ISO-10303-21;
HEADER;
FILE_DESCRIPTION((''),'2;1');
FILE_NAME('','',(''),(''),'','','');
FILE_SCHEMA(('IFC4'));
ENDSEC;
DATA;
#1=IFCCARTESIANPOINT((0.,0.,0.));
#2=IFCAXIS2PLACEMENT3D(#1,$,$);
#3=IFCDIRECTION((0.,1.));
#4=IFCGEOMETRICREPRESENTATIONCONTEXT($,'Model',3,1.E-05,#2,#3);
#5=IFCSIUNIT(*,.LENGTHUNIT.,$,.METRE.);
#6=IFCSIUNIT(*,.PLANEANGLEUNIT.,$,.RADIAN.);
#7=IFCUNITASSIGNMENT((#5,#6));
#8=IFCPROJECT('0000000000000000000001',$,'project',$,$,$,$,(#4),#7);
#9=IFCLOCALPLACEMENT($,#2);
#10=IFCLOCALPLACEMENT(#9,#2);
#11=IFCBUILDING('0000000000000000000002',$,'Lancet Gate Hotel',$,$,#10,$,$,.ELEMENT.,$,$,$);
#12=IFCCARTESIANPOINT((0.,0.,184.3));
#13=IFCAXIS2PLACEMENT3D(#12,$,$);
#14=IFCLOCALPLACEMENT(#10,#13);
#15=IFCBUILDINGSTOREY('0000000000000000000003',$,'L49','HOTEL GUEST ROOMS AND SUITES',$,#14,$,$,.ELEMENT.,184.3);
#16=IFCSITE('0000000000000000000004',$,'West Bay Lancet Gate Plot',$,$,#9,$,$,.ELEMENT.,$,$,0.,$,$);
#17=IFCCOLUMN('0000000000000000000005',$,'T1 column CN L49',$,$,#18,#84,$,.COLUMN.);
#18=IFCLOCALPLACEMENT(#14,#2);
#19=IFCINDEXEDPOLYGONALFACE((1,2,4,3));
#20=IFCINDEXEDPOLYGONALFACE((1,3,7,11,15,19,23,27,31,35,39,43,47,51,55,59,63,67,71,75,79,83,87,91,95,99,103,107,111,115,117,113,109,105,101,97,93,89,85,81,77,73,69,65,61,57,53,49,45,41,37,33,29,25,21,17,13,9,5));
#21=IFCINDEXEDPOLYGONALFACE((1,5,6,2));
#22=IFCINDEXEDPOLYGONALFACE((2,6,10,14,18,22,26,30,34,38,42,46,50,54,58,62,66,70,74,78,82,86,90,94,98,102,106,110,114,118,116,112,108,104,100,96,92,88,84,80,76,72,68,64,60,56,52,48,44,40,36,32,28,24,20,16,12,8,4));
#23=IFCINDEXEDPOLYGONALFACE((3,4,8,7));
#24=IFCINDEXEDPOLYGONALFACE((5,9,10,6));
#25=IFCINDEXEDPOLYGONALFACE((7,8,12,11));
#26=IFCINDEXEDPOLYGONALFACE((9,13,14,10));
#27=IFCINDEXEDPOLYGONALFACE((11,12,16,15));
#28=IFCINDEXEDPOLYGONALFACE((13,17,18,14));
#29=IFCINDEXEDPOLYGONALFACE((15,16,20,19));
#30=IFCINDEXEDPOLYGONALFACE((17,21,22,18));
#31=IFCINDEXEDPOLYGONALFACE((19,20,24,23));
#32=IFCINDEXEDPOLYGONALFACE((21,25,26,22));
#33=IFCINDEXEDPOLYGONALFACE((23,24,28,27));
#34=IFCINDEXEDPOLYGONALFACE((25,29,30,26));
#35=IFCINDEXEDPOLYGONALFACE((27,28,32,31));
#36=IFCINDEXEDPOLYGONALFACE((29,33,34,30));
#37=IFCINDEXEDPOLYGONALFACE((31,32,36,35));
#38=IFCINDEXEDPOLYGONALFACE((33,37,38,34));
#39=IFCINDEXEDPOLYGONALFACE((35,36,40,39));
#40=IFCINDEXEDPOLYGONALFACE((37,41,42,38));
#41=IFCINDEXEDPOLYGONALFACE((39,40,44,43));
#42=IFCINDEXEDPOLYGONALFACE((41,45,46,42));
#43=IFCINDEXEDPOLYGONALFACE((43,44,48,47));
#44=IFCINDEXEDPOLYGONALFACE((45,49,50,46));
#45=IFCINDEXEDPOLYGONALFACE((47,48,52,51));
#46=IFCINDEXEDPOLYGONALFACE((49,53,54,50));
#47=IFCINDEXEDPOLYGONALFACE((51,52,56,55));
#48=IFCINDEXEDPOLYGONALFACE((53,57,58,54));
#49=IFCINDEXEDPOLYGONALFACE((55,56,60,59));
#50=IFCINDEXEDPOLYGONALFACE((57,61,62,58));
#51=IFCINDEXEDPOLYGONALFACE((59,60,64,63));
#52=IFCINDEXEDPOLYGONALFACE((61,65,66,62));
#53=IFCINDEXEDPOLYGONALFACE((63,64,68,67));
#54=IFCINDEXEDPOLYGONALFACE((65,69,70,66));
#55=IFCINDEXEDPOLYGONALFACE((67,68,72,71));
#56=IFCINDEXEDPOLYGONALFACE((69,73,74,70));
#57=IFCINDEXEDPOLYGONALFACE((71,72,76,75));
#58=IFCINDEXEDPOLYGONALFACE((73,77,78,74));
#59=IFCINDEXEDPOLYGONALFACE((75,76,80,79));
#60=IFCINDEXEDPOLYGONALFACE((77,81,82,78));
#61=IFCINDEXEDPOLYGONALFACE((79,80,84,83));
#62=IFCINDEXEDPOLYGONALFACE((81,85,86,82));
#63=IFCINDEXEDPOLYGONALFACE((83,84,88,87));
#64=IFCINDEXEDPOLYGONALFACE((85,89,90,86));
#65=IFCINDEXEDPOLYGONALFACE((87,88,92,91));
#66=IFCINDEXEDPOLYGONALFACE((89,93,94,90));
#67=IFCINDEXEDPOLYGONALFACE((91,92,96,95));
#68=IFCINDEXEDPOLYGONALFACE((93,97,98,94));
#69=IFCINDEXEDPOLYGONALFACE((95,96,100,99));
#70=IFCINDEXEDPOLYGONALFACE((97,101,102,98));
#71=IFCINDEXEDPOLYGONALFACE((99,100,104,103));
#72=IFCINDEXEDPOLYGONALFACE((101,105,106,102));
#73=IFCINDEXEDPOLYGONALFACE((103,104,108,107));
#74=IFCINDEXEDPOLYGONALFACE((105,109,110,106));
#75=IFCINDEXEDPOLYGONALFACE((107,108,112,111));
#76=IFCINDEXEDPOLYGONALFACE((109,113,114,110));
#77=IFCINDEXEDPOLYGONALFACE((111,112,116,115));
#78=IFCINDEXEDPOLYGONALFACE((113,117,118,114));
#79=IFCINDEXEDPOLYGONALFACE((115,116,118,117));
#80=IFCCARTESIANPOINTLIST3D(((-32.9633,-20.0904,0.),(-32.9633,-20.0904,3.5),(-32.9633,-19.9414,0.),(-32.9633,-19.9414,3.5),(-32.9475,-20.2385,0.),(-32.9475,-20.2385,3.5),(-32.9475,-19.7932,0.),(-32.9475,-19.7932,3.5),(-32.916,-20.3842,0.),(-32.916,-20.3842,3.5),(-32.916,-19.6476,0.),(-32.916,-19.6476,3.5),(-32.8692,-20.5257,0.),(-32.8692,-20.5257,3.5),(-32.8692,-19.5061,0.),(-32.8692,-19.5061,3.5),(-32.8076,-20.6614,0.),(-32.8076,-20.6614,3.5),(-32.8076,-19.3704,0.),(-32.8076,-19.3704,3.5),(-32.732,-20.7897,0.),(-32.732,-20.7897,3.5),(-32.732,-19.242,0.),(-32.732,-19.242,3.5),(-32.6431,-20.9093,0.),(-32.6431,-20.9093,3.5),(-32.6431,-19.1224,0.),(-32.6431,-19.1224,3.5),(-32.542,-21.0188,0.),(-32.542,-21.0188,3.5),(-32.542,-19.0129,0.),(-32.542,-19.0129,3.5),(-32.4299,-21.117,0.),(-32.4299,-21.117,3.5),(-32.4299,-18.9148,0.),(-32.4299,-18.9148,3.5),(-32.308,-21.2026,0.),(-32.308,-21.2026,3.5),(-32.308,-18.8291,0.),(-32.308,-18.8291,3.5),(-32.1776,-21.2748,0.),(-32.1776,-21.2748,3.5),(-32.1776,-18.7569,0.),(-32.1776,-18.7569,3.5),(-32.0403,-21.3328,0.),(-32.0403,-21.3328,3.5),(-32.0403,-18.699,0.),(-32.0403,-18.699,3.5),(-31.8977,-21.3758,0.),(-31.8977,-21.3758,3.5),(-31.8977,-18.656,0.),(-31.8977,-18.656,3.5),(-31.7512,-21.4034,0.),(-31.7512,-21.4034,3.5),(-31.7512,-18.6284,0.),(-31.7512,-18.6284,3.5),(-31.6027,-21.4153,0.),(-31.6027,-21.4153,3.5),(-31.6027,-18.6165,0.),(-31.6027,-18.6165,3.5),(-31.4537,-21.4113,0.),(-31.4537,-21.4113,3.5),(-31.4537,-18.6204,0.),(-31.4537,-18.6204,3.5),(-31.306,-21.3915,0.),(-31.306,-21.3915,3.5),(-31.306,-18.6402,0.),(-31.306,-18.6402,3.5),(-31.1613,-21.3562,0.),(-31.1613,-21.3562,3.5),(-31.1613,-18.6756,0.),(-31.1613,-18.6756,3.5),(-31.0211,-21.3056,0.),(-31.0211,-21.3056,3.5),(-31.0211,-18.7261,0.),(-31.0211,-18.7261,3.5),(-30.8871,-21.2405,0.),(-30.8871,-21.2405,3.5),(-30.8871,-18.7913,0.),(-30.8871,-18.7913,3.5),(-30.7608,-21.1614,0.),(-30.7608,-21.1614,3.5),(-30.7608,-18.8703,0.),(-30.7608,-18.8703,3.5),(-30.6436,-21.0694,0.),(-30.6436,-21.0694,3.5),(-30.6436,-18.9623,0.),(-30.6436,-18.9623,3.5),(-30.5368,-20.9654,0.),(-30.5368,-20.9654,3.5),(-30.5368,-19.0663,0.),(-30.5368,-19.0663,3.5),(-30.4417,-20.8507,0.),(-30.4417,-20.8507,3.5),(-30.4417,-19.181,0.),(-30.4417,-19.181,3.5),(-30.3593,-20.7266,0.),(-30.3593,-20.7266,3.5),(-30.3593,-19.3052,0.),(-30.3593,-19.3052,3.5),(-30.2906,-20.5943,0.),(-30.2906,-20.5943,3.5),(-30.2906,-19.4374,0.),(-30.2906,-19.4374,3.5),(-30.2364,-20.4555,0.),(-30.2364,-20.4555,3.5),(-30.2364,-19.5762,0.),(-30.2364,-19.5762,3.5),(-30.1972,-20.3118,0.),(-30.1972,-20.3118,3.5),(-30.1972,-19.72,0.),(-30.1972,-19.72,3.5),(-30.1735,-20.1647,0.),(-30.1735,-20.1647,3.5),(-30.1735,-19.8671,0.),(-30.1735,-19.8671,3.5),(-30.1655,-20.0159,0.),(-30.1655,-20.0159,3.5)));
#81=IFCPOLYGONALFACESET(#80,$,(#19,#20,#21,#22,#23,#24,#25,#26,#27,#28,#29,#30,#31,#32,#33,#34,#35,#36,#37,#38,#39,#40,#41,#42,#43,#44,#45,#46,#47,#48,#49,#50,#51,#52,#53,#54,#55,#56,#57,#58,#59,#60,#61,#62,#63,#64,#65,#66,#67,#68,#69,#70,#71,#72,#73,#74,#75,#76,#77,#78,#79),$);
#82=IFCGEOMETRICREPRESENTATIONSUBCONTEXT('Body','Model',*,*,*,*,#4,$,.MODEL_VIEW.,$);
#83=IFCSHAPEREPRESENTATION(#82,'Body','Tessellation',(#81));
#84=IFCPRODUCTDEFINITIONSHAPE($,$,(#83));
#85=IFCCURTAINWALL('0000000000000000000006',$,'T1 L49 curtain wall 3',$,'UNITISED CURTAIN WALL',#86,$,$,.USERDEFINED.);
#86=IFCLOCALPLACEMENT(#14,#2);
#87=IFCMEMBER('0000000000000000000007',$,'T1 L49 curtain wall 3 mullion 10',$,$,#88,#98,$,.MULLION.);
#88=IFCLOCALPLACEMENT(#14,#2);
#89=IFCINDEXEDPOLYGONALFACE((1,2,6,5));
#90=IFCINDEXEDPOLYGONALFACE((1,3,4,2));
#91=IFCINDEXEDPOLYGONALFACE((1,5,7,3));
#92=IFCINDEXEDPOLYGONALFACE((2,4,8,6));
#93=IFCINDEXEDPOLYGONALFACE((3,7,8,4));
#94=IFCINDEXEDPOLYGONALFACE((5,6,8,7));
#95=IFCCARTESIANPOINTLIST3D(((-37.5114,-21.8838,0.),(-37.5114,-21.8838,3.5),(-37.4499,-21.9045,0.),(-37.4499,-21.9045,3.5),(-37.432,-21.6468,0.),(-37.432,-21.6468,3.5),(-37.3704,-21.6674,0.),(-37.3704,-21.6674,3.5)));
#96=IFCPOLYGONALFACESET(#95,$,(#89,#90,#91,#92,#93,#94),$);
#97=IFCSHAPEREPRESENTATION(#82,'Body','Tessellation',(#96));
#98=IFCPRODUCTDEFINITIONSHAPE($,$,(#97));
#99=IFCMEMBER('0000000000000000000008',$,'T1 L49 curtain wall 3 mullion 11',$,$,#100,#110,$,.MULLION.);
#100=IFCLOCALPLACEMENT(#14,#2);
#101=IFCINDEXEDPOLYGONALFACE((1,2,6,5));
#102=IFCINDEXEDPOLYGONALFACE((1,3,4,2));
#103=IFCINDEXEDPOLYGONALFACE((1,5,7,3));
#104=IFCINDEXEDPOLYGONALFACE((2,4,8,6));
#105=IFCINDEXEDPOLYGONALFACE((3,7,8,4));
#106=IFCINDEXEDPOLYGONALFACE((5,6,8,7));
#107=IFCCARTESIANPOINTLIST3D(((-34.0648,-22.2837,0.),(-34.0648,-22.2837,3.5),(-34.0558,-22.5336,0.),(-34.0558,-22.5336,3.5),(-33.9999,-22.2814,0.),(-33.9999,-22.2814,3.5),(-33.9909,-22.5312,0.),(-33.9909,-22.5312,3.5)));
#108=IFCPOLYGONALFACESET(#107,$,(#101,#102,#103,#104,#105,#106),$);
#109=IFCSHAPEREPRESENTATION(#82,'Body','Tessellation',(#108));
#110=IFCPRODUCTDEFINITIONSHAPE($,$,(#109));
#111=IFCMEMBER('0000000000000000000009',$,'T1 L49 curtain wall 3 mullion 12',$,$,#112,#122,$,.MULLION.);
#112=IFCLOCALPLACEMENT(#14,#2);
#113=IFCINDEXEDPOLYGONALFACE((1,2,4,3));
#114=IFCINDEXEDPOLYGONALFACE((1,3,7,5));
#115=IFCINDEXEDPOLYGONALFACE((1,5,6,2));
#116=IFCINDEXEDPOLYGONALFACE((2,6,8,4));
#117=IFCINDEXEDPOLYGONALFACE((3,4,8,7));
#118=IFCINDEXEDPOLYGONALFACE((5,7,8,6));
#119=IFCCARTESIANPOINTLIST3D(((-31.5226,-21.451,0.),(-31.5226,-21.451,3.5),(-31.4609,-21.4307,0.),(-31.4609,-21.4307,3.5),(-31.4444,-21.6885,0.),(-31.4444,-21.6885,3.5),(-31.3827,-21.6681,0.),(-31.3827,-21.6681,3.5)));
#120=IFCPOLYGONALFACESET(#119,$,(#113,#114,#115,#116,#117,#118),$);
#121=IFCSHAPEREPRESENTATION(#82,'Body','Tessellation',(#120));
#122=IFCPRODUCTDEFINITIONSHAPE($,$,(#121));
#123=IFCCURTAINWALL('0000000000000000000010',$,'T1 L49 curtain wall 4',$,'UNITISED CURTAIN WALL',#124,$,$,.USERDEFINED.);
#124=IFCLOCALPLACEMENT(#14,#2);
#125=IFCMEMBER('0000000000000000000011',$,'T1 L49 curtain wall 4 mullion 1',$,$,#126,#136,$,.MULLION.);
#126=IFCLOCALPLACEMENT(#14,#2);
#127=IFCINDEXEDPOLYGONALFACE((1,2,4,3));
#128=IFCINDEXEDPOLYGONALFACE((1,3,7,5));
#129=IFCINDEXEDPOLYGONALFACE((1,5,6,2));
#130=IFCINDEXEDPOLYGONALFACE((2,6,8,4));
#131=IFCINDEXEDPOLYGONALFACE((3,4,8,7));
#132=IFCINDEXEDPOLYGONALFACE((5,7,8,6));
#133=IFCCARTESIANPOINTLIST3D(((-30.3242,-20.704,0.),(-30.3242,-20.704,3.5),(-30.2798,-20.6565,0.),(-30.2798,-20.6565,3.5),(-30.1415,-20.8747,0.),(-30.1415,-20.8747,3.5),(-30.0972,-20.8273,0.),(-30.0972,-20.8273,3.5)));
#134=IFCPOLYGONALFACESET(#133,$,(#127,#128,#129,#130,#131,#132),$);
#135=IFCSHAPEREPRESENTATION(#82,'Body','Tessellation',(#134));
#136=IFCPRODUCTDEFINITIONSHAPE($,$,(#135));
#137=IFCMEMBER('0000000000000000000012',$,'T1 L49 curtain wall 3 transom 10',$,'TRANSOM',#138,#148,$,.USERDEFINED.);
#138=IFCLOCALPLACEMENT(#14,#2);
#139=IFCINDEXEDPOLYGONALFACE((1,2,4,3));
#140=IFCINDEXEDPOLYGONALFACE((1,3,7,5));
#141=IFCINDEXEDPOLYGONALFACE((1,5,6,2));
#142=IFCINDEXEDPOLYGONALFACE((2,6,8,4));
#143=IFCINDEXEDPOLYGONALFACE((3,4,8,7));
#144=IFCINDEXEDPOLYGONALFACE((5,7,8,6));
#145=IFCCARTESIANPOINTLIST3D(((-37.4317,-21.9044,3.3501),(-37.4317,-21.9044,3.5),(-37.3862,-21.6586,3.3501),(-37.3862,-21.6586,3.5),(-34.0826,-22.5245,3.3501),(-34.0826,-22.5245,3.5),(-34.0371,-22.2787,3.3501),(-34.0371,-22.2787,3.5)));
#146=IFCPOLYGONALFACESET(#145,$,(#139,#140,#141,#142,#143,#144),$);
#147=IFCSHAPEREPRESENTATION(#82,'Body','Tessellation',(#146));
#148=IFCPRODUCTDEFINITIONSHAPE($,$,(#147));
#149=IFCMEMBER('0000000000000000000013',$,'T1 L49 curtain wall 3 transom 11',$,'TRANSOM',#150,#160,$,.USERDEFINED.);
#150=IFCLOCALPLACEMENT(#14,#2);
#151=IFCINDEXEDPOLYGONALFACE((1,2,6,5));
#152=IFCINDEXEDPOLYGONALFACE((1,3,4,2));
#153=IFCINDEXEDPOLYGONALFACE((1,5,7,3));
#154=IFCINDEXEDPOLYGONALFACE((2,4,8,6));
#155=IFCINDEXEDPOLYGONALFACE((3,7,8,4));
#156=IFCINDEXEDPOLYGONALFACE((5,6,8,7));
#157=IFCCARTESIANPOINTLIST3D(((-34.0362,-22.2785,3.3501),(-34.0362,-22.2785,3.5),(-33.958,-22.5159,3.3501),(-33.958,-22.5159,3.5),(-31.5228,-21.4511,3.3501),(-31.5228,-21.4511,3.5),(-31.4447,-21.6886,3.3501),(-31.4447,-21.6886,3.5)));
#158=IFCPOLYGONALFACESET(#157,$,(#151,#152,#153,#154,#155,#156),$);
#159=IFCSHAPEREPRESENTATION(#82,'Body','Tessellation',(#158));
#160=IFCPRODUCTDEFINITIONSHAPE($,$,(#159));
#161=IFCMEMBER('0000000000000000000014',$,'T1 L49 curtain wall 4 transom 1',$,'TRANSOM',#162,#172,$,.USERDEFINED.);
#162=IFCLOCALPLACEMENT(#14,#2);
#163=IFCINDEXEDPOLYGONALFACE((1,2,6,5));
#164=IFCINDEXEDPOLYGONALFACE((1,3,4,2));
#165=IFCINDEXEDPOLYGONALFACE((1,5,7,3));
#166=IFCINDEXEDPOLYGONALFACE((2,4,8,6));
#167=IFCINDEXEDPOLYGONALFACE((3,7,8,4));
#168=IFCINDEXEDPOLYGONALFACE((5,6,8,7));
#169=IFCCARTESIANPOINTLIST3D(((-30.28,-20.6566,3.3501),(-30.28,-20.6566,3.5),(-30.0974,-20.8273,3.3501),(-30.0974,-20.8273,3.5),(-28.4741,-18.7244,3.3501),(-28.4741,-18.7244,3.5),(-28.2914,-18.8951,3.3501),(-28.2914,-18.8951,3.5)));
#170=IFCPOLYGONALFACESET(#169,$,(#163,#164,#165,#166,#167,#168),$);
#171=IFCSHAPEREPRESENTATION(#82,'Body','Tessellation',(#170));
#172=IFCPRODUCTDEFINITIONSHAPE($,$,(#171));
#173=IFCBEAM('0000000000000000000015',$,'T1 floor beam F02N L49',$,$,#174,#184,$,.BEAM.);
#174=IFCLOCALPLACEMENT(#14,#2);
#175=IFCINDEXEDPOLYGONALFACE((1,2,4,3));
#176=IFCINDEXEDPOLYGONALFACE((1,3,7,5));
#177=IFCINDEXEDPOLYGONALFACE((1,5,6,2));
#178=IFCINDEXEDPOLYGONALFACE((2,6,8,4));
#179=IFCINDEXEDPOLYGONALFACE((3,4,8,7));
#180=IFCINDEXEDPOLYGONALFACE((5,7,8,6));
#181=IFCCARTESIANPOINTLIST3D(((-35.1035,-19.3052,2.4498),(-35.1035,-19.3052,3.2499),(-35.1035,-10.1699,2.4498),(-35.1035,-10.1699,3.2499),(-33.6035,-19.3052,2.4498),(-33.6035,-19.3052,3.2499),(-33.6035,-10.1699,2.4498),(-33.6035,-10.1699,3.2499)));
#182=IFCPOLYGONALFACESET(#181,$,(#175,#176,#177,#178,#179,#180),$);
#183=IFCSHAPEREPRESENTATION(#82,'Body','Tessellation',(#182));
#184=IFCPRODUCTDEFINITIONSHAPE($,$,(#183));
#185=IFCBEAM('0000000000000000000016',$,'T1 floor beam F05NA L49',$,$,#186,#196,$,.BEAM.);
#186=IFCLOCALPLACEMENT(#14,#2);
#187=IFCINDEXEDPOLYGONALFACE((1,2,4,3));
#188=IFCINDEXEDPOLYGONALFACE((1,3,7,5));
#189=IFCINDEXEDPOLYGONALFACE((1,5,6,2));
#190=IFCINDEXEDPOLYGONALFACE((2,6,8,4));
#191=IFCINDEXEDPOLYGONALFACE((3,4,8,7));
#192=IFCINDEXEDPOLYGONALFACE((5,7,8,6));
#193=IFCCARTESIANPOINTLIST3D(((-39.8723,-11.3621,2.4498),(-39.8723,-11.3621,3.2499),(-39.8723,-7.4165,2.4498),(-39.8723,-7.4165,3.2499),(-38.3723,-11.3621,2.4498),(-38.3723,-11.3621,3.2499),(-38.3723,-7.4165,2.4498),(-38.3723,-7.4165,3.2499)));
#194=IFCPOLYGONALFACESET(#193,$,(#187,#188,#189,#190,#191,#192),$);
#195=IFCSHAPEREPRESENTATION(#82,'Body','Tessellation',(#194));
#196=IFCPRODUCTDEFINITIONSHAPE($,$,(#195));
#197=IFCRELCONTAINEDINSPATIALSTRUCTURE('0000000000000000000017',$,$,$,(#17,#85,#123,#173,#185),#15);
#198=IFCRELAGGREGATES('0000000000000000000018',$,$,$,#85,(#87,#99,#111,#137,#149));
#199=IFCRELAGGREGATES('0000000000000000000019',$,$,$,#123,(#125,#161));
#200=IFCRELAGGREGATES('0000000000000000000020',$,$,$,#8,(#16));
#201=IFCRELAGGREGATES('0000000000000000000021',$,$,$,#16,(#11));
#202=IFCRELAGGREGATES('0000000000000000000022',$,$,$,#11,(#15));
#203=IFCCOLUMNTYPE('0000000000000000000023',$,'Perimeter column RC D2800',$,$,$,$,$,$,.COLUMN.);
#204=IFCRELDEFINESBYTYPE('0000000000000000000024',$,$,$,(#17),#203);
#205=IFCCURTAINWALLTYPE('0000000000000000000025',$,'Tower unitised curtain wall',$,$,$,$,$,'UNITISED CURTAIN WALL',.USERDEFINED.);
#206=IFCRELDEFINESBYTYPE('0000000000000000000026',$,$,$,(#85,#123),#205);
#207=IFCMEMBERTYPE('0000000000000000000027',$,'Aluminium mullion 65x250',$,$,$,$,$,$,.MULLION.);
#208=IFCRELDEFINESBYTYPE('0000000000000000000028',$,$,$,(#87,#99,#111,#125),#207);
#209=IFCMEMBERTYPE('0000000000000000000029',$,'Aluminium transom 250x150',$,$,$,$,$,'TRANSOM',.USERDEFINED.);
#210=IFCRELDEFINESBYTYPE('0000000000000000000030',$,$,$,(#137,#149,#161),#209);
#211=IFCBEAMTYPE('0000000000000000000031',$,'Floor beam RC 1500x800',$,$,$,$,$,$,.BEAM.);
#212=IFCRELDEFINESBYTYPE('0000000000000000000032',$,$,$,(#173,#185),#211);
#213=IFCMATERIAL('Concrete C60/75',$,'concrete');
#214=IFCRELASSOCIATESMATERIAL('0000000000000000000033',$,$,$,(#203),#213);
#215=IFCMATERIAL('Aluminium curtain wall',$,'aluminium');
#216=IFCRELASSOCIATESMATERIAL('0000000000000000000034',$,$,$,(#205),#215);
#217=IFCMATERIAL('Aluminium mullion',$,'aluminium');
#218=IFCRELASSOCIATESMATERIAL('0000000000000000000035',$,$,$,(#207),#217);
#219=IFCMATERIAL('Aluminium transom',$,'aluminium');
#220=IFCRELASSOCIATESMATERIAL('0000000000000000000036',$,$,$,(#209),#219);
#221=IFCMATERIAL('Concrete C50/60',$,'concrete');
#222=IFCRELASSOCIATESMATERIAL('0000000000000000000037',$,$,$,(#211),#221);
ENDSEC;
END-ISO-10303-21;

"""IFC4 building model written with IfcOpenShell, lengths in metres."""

from ifc_helpers import new_model, si_unit, direction, frame, origin, origin_2d, place, context, subcontext, project, spatial, rectangle, circle, extrude, material, material_profile, profile_set, type_object, element, aggregate, save


model = new_model("IFC4")

# Units and contexts
model_context = context("Model", 3, precision=1e-05, world=origin(), true_north=direction((0.0, 1.0)))
body_context = subcontext(model_context, "Body", "Model", "MODEL_VIEW")
ifc_project = project(units=[si_unit("LENGTHUNIT", "METRE"), si_unit("PLANEANGLEUNIT", "RADIAN")], contexts=[model_context])

# Site, building, storey
site_placement = place(None, origin())
site = spatial("IfcSite", under=ifc_project, at=site_placement, Name="West Bay Lancet Gate Plot", CompositionType="ELEMENT", RefElevation=0.0)
building_placement = place(site_placement, origin())
building = spatial("IfcBuilding", under=site, at=building_placement, Name="Lancet Gate Hotel", CompositionType="ELEMENT")
storey_placement = place(building_placement, frame((0.0, 0.0, 184.3)))
storey = spatial("IfcBuildingStorey", under=building, at=storey_placement, Name="L49", Description="HOTEL GUEST ROOMS AND SUITES", CompositionType="ELEMENT", Elevation=184.3)

# Column
ifc_material_1 = material(Name="Concrete C60/75", Category="concrete")
ifc_material_profile_1 = material_profile(ifc_material_1, circle(Radius=1.3999, at=origin_2d()), Name="RC D2800")
ifc_profile_set_1 = profile_set([ifc_material_profile_1], Name="Concrete C60/75")
column_type = type_object("IfcColumnType", Name="Perimeter column RC D2800", PredefinedType="COLUMN", material=ifc_profile_set_1)
column_placement = place(storey_placement, frame((-31.5654, -20.0159, 0.0), z_axis=(0.0, 0.0, 1.0), x_axis=(1.0, 0.0, 0.0)))
element("IfcColumn", 1, at=column_placement, inside=storey, type_object=column_type, Name="T1 column CN L49", PredefinedType="COLUMN", context=body_context, shape_type="SweptSolid", body=[
    extrude(circle(Radius=1.3999, at=origin_2d()), origin(), (0.0, 0.0, 1.0), 3.5),
])

# Curtain wall, members
ifc_material_2 = material(Name="Aluminium curtain wall", Category="aluminium")
curtain_wall_type = type_object("IfcCurtainWallType", Name="Tower unitised curtain wall", ElementType="UNITISED CURTAIN WALL", PredefinedType="USERDEFINED", material=ifc_material_2)
curtain_wall_1_placement = place(storey_placement, origin())
curtain_wall_1 = element("IfcCurtainWall", 2, at=curtain_wall_1_placement, inside=storey, type_object=curtain_wall_type, Name="T1 L49 curtain wall 3", ObjectType="UNITISED CURTAIN WALL", PredefinedType="USERDEFINED")
ifc_material_3 = material(Name="Aluminium mullion", Category="aluminium")
ifc_material_profile_2 = material_profile(ifc_material_3, rectangle(XDim=0.0649, YDim=0.25, at=origin_2d()), Name="MULLION 65x250")
ifc_profile_set_2 = profile_set([ifc_material_profile_2], Name="Aluminium mullion")
member_type_1 = type_object("IfcMemberType", Name="Aluminium mullion 65x250", PredefinedType="MULLION", material=ifc_profile_set_2)
member_1_placement = place(storey_placement, frame((-37.4409, -21.7756, 0.0), z_axis=(0.0, 0.0, 1.0), x_axis=(0.948119, -0.317915, 0.0)))
member_1 = element("IfcMember", 3, at=member_1_placement, type_object=member_type_1, Name="T1 L49 curtain wall 3 mullion 10", PredefinedType="MULLION", context=body_context, shape_type="SweptSolid", body=[
    extrude(rectangle(XDim=0.0649, YDim=0.25, at=origin_2d()), origin(), (0.0, 0.0, 1.0), 3.5),
])
member_2_placement = place(storey_placement, frame((-34.0278, -22.4075, 0.0), z_axis=(0.0, 0.0, 1.0), x_axis=(0.99935, 0.036037, 0.0)))
member_2 = element("IfcMember", 4, at=member_2_placement, type_object=member_type_1, Name="T1 L49 curtain wall 3 mullion 11", PredefinedType="MULLION", context=body_context, shape_type="SweptSolid", body=[
    extrude(rectangle(XDim=0.0649, YDim=0.25, at=origin_2d()), origin(), (0.0, 0.0, 1.0), 3.5),
])
member_3_placement = place(storey_placement, frame((-31.4526, -21.5596, 0.0), z_axis=(0.0, 0.0, 1.0), x_axis=(0.949848, 0.312712, 0.0)))
member_3 = element("IfcMember", 5, at=member_3_placement, type_object=member_type_1, Name="T1 L49 curtain wall 3 mullion 12", PredefinedType="MULLION", context=body_context, shape_type="SweptSolid", body=[
    extrude(rectangle(XDim=0.0649, YDim=0.25, at=origin_2d()), origin(), (0.0, 0.0, 1.0), 3.5),
])

# Curtain wall, member
curtain_wall_2_placement = place(storey_placement, origin())
curtain_wall_2 = element("IfcCurtainWall", 6, at=curtain_wall_2_placement, inside=storey, type_object=curtain_wall_type, Name="T1 L49 curtain wall 4", ObjectType="UNITISED CURTAIN WALL", PredefinedType="USERDEFINED")
member_4_placement = place(storey_placement, frame((-30.2107, -20.7656, 0.0), z_axis=(0.0, 0.0, 1.0), x_axis=(0.682845, 0.730563, 0.0)))
member_4 = element("IfcMember", 7, at=member_4_placement, type_object=member_type_1, Name="T1 L49 curtain wall 4 mullion 1", PredefinedType="MULLION", context=body_context, shape_type="SweptSolid", body=[
    extrude(rectangle(XDim=0.0649, YDim=0.25, at=origin_2d()), origin(), (0.0, 0.0, 1.0), 3.5),
])

# Members
ifc_material_4 = material(Name="Aluminium transom", Category="aluminium")
ifc_material_profile_3 = material_profile(ifc_material_4, rectangle(XDim=0.25, YDim=0.1499, at=origin_2d()), Name="TRANSOM 250x150")
ifc_profile_set_3 = profile_set([ifc_material_profile_3], Name="Aluminium transom")
member_type_2 = type_object("IfcMemberType", Name="Aluminium transom 250x150", ElementType="TRANSOM", PredefinedType="USERDEFINED", material=ifc_profile_set_3)
member_5_placement = place(storey_placement, frame((-37.4089, -21.7815, 3.425), z_axis=(0.983287, -0.182064, 0.0), x_axis=(0.182064, 0.983287, 0.0)))
member_5 = element("IfcMember", 8, at=member_5_placement, type_object=member_type_2, Name="T1 L49 curtain wall 3 transom 10", ObjectType="TRANSOM", PredefinedType="USERDEFINED", context=body_context, shape_type="SweptSolid", body=[
    extrude(rectangle(XDim=0.25, YDim=0.1499, at=origin_2d()), origin(), (0.0, 0.0, 1.0), 3.406),
])
member_6_placement = place(storey_placement, frame((-33.9971, -22.3972, 3.425), z_axis=(0.949858, 0.312683, 0.0), x_axis=(-0.312683, 0.949858, 0.0)))
member_6 = element("IfcMember", 9, at=member_6_placement, type_object=member_type_2, Name="T1 L49 curtain wall 3 transom 11", ObjectType="TRANSOM", PredefinedType="USERDEFINED", context=body_context, shape_type="SweptSolid", body=[
    extrude(rectangle(XDim=0.25, YDim=0.1499, at=origin_2d()), origin(), (0.0, 0.0, 1.0), 2.646),
])
member_7_placement = place(storey_placement, frame((-30.1887, -20.7419, 3.425), z_axis=(0.682841, 0.730567, 0.0), x_axis=(-0.730567, 0.682841, 0.0)))
member_7 = element("IfcMember", 10, at=member_7_placement, type_object=member_type_2, Name="T1 L49 curtain wall 4 transom 1", ObjectType="TRANSOM", PredefinedType="USERDEFINED", context=body_context, shape_type="SweptSolid", body=[
    extrude(rectangle(XDim=0.25, YDim=0.1499, at=origin_2d()), origin(), (0.0, 0.0, 1.0), 2.6448),
])

# Beams
ifc_material_5 = material(Name="Concrete C50/60", Category="concrete")
ifc_material_profile_4 = material_profile(ifc_material_5, rectangle(XDim=1.5, YDim=0.8, at=origin_2d()), Name="RC 1500x800")
ifc_profile_set_4 = profile_set([ifc_material_profile_4], Name="Concrete C50/60")
beam_type_1 = type_object("IfcBeamType", Name="Floor beam RC 1500x800", PredefinedType="BEAM", material=ifc_profile_set_4)
beam_1_placement = place(storey_placement, frame((-34.3535, -10.1699, 2.8499), z_axis=(0.0, -1.0, 0.0), x_axis=(1.0, 0.0, 0.0)))
element("IfcBeam", 11, at=beam_1_placement, inside=storey, type_object=beam_type_1, Name="T1 floor beam F02N L49", PredefinedType="BEAM", context=body_context, shape_type="SweptSolid", body=[
    extrude(rectangle(XDim=1.5, YDim=0.8, at=origin_2d()), origin(), (0.0, 0.0, 1.0), 9.1353),
])
beam_2_placement = place(storey_placement, frame((-39.1223, -7.4165, 2.8499), z_axis=(0.0, -1.0, 0.0), x_axis=(1.0, 0.0, 0.0)))
element("IfcBeam", 12, at=beam_2_placement, inside=storey, type_object=beam_type_1, Name="T1 floor beam F05NA L49", PredefinedType="BEAM", context=body_context, shape_type="SweptSolid", body=[
    extrude(rectangle(XDim=1.5, YDim=0.8, at=origin_2d()), origin(), (0.0, 0.0, 1.0), 3.9456),
])

aggregate(curtain_wall_1, [member_1, member_2, member_3, member_5, member_6])
aggregate(curtain_wall_2, [member_4, member_7])

save(model, "model.ifc")
